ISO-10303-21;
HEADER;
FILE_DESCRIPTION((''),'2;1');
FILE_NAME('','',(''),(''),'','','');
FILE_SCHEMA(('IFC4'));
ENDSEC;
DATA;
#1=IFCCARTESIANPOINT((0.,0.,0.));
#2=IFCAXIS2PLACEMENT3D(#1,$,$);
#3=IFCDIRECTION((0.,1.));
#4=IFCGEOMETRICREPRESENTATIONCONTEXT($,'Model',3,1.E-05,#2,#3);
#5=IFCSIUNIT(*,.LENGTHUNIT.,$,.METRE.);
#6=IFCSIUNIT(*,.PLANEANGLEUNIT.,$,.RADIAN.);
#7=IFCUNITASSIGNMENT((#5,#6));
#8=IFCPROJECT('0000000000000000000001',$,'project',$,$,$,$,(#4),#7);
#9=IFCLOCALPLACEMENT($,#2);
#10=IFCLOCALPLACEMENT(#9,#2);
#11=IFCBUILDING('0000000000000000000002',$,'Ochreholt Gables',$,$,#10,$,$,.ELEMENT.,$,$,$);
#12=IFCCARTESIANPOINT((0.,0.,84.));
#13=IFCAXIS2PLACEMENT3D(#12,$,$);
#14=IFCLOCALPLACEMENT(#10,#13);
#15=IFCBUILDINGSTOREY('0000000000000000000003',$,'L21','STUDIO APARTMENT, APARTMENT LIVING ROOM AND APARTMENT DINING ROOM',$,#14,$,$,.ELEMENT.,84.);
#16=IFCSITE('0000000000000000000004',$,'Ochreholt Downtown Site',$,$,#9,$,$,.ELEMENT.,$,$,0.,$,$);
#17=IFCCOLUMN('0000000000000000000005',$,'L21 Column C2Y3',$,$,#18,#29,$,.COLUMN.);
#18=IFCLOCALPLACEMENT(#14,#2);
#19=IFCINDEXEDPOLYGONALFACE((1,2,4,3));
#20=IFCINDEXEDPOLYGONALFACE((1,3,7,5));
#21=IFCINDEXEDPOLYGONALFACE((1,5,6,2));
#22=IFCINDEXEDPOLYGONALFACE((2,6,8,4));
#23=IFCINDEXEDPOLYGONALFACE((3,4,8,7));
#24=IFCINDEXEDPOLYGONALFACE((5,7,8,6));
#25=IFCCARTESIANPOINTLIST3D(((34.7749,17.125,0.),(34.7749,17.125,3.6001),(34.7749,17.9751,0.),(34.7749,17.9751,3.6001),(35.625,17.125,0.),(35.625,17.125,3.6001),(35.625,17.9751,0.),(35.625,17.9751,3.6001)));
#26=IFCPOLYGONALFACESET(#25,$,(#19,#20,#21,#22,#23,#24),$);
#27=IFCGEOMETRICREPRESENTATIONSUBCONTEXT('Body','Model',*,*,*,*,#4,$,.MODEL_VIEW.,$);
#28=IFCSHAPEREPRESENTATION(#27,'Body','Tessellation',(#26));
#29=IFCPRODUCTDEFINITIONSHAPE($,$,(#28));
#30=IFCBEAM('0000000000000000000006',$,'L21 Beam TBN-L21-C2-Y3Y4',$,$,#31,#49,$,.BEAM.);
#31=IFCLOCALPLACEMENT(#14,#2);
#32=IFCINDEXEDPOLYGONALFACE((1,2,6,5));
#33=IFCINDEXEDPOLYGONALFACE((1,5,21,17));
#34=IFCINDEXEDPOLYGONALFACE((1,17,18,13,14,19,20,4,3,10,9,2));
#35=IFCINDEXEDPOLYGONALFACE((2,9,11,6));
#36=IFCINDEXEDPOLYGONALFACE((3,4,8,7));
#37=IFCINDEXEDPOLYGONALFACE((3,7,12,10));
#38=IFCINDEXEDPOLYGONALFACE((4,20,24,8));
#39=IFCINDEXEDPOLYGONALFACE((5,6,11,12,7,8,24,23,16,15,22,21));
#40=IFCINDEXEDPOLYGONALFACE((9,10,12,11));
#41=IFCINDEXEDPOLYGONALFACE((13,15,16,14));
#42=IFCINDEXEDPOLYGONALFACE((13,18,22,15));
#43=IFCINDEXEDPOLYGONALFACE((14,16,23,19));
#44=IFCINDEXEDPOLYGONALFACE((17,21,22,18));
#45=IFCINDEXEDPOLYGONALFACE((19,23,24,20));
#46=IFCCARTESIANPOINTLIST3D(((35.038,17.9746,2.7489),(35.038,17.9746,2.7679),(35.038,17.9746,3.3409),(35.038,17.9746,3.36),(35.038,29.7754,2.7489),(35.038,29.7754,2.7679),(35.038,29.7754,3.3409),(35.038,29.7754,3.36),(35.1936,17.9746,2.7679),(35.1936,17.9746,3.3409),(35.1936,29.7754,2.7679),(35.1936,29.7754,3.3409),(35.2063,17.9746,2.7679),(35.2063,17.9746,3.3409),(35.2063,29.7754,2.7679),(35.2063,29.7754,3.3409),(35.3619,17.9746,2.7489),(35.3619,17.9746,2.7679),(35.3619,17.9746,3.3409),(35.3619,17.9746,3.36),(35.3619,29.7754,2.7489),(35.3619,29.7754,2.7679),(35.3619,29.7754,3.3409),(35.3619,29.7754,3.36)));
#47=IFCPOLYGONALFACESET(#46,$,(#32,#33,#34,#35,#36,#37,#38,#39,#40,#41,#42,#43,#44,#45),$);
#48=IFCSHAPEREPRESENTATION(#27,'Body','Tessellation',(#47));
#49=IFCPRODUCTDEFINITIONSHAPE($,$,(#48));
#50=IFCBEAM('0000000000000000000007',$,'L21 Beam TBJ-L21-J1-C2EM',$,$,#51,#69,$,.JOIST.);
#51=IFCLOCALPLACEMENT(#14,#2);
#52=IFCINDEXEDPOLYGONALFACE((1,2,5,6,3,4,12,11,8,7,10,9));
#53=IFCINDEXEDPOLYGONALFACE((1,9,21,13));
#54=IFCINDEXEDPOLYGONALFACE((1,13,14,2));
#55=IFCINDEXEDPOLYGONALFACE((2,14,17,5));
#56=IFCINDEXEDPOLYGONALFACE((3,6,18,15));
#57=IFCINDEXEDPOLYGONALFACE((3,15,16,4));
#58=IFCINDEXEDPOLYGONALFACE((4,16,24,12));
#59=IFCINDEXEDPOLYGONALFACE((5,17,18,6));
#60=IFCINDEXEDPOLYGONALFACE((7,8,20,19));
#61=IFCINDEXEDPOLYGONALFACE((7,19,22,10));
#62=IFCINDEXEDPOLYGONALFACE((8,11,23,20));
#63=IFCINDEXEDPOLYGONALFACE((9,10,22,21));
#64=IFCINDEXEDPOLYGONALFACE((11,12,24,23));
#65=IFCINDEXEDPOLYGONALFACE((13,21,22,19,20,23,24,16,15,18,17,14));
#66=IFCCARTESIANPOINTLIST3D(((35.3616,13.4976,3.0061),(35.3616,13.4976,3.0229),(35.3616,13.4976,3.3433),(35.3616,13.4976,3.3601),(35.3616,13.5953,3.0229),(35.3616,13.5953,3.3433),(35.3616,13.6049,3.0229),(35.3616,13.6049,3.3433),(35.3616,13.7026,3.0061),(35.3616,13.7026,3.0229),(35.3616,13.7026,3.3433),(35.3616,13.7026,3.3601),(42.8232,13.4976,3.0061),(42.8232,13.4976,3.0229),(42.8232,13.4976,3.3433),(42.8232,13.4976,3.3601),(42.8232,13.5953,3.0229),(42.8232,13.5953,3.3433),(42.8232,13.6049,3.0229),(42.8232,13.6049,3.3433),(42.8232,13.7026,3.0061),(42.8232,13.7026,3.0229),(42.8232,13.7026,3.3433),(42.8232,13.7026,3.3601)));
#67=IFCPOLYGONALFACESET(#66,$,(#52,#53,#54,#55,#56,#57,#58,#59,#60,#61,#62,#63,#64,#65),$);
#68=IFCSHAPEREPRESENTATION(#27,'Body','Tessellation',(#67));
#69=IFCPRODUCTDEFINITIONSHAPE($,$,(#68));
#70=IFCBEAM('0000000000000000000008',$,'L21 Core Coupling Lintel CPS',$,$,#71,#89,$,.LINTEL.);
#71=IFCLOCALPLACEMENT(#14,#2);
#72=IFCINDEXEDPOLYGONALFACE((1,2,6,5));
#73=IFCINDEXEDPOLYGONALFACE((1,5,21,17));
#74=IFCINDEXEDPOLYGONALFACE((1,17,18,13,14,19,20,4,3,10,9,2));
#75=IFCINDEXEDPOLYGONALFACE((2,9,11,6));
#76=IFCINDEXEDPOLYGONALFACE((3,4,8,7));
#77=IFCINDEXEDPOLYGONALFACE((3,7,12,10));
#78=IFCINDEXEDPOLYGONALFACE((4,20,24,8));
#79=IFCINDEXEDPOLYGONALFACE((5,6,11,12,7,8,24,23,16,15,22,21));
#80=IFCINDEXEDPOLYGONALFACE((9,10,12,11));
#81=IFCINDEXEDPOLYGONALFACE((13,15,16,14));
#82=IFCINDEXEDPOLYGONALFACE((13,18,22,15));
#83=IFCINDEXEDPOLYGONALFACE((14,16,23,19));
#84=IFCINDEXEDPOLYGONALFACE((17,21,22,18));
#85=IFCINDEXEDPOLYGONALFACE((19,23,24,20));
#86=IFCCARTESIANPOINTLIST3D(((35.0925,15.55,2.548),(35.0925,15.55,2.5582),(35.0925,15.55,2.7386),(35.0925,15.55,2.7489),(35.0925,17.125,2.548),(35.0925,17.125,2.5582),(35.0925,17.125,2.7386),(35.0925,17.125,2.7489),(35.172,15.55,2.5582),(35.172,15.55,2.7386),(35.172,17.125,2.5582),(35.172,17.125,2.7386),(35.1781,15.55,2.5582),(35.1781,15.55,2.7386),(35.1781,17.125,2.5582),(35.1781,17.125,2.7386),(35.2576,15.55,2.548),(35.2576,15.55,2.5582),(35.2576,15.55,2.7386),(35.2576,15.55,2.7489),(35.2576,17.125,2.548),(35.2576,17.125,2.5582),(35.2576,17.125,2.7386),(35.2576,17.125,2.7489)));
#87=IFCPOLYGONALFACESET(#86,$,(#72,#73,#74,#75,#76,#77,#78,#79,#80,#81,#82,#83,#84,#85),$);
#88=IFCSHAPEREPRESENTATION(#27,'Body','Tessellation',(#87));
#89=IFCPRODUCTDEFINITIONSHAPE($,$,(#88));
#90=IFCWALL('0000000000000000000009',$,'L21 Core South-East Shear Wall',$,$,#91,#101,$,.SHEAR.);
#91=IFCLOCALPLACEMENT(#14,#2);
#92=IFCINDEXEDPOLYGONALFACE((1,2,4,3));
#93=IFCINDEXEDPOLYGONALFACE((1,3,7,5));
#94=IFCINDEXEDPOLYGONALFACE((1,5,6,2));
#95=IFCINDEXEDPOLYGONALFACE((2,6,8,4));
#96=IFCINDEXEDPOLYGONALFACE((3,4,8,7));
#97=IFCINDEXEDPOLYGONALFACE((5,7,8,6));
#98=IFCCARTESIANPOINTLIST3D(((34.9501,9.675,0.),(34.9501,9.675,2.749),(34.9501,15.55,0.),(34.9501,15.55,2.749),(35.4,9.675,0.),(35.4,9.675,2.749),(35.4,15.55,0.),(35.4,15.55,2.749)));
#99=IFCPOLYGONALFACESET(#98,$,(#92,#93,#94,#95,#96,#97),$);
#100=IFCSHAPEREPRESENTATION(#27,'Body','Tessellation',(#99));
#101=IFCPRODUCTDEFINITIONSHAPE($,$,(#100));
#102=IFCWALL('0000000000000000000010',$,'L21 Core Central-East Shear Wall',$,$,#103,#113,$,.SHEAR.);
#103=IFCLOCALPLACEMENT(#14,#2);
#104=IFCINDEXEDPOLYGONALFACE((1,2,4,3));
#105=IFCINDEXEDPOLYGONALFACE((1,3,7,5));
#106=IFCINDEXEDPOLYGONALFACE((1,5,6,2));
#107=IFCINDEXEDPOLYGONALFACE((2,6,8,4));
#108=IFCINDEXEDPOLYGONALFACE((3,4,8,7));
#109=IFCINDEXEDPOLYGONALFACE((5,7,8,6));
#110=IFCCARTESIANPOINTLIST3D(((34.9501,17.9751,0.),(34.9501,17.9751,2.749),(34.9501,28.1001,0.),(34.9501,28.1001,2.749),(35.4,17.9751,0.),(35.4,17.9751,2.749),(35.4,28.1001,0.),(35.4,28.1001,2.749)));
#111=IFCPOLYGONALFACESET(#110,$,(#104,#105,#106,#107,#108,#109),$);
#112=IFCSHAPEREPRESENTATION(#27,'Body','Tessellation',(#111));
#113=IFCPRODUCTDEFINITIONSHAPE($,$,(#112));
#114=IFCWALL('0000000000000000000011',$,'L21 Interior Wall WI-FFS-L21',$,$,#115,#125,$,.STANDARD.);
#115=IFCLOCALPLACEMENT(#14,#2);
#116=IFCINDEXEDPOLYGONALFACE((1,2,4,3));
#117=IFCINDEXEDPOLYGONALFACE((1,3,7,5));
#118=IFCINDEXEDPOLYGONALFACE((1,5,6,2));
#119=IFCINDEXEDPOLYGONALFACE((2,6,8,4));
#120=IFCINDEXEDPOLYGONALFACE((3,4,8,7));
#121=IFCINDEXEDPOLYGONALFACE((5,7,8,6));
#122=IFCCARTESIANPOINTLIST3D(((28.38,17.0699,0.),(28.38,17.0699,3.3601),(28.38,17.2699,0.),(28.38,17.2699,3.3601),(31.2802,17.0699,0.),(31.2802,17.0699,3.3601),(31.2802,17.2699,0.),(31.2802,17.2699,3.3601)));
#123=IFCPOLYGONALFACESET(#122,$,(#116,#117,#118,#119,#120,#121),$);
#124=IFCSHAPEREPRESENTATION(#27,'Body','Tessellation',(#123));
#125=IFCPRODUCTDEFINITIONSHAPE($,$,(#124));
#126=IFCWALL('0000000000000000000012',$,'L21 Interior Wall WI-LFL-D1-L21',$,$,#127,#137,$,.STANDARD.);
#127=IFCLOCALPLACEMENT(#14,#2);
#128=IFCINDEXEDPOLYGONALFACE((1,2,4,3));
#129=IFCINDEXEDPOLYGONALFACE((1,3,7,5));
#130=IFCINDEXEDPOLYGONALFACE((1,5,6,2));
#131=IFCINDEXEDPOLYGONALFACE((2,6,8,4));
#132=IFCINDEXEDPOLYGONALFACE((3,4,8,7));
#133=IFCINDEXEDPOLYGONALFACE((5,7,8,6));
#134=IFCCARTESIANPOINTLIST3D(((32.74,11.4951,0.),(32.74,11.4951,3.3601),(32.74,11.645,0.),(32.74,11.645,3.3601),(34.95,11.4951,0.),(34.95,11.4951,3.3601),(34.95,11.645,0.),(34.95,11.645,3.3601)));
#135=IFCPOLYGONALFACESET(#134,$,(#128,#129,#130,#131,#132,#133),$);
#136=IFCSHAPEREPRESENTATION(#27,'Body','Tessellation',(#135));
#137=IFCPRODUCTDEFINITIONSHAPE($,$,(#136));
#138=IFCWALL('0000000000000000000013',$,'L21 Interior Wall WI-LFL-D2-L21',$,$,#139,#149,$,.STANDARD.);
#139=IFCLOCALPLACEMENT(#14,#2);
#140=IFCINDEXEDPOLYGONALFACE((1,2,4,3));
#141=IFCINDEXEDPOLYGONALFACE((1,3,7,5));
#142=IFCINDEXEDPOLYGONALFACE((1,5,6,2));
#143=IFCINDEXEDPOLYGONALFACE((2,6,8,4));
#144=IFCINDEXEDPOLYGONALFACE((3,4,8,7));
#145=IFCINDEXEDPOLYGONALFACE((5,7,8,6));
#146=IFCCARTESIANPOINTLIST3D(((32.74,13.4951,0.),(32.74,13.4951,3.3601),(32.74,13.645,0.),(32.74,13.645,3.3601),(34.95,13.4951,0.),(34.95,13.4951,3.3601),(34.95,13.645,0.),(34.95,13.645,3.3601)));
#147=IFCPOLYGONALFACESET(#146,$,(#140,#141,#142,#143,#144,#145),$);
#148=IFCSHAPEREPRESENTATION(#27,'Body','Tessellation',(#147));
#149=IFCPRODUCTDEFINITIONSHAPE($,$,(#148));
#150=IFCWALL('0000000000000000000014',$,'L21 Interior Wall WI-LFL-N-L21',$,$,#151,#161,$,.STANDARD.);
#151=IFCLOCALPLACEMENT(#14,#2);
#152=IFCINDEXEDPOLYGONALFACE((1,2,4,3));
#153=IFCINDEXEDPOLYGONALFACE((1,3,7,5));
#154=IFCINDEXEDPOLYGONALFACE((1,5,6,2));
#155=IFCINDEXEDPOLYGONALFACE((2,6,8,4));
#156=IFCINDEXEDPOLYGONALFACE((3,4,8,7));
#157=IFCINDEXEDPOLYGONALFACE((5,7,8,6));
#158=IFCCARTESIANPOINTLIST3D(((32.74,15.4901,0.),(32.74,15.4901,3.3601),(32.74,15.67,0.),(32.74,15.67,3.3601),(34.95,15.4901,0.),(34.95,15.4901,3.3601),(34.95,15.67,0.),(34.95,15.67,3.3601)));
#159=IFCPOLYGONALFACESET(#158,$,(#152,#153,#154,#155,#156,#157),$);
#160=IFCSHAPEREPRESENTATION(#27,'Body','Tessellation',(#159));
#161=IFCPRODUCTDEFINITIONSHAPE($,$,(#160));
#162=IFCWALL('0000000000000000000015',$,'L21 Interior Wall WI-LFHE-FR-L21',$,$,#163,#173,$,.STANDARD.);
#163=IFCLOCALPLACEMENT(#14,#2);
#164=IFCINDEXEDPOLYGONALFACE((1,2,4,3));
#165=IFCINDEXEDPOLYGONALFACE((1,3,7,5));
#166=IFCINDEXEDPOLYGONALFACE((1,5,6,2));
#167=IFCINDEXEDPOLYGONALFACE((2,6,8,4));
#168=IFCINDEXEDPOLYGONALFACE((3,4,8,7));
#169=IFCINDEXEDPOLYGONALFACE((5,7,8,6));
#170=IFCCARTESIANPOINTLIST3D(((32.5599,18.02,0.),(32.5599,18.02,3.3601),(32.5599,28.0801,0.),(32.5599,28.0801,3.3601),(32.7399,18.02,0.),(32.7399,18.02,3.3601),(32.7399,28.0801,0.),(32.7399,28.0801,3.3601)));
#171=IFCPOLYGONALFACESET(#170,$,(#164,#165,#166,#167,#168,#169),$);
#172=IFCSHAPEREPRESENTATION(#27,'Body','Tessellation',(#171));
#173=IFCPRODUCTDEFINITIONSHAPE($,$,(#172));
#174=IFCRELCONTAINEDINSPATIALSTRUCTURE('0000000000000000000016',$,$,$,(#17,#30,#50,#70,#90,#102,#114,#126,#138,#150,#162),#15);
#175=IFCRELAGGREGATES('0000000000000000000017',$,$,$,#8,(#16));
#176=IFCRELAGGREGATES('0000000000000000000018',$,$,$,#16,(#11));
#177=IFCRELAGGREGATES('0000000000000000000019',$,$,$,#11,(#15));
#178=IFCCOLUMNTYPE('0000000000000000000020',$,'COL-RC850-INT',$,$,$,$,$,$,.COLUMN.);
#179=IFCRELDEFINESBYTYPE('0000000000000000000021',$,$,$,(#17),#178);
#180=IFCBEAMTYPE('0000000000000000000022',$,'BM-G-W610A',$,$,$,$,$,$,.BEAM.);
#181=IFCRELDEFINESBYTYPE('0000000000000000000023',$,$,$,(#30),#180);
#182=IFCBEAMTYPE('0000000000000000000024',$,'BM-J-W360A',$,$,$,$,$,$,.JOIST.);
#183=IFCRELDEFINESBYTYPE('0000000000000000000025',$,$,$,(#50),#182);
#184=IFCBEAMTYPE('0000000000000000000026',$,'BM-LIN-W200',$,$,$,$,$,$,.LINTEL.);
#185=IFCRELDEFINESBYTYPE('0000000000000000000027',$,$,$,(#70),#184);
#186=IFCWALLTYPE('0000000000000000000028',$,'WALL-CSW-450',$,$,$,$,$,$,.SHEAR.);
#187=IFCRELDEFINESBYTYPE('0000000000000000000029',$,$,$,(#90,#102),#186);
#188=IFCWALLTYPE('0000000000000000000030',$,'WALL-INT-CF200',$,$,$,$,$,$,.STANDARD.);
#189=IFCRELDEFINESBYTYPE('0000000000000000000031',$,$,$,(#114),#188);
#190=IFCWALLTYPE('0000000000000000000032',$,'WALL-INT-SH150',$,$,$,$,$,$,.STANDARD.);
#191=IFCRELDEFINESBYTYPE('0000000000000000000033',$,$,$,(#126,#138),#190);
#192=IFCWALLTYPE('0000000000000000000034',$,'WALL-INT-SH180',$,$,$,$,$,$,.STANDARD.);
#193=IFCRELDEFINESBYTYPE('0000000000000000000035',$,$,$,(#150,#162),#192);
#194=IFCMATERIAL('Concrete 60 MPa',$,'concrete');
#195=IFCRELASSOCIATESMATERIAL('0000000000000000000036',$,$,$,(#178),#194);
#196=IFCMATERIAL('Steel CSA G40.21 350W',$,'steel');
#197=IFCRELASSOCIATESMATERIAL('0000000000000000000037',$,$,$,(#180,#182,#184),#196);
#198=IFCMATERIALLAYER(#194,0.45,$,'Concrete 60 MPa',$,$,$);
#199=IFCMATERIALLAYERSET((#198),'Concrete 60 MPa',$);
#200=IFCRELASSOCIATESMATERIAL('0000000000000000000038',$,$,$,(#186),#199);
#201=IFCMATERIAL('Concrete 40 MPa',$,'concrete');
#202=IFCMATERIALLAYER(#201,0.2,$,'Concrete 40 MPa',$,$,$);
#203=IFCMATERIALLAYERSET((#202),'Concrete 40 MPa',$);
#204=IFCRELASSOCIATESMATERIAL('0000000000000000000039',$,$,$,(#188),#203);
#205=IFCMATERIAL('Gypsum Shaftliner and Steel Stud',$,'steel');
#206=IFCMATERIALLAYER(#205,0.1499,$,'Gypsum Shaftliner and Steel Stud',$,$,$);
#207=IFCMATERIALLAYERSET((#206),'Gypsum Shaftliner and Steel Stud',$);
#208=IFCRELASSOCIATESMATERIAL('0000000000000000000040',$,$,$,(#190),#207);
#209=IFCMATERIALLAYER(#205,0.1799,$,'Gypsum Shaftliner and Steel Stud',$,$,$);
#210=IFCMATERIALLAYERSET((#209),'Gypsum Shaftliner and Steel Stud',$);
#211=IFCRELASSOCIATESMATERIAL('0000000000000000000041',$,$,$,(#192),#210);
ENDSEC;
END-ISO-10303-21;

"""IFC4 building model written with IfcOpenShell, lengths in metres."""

from ifc_helpers import new_model, si_unit, direction, frame, frame_2d, origin, origin_2d, place, context, subcontext, project, spatial, rectangle, i_section, extrude, material, layer, layer_set, material_profile, profile_set, type_object, element, save


model = new_model("IFC4")

# Units and contexts
model_context = context("Model", 3, precision=1e-05, world=origin(), true_north=direction((0.0, 1.0)))
body_context = subcontext(model_context, "Body", "Model", "MODEL_VIEW")
ifc_project = project(units=[si_unit("LENGTHUNIT", "METRE"), si_unit("PLANEANGLEUNIT", "RADIAN")], contexts=[model_context])

# Site, building, storey
site_placement = place(None, origin())
site = spatial("IfcSite", under=ifc_project, at=site_placement, Name="Ochreholt Downtown Site", CompositionType="ELEMENT", RefElevation=0.0)
building_placement = place(site_placement, origin())
building = spatial("IfcBuilding", under=site, at=building_placement, Name="Ochreholt Gables", CompositionType="ELEMENT")
storey_placement = place(building_placement, frame((0.0, 0.0, 84.0)))
storey = spatial("IfcBuildingStorey", under=building, at=storey_placement, Name="L21", Description="STUDIO APARTMENT, APARTMENT LIVING ROOM AND APARTMENT DINING ROOM", CompositionType="ELEMENT", Elevation=84.0)

# Column
ifc_material_1 = material(Name="Concrete 60 MPa", Category="concrete")
ifc_material_profile_1 = material_profile(ifc_material_1, rectangle(XDim=0.8501, YDim=0.8501, at=origin_2d()), Name="RC850X850")
ifc_profile_set_1 = profile_set([ifc_material_profile_1], Name="Concrete 60 MPa")
column_type = type_object("IfcColumnType", Name="COL-RC850-INT", PredefinedType="COLUMN", material=ifc_profile_set_1)
column_placement = place(storey_placement, frame((35.2, 17.55, 0.0), z_axis=(0.0, 0.0, 1.0), x_axis=(1.0, 0.0, 0.0)))
element("IfcColumn", 1, at=column_placement, inside=storey, type_object=column_type, Name="L21 Column C2Y3", PredefinedType="COLUMN", context=body_context, shape_type="SweptSolid", body=[
    extrude(rectangle(XDim=0.8501, YDim=0.8501, at=origin_2d()), origin(), (0.0, 0.0, 1.0), 3.6001),
])

# Beams
ifc_material_2 = material(Name="Steel CSA G40.21 350W", Category="steel")
ifc_material_profile_2 = material_profile(ifc_material_2, i_section(OverallWidth=0.324, OverallDepth=0.6111, WebThickness=0.0127, FlangeThickness=0.019, at=origin_2d()), Name="W610X155")
ifc_profile_set_2 = profile_set([ifc_material_profile_2], Name="Steel CSA G40.21 350W")
beam_type_1 = type_object("IfcBeamType", Name="BM-G-W610A", PredefinedType="BEAM", material=ifc_profile_set_2)
beam_1_placement = place(storey_placement, frame((35.2, 17.9746, 3.0544), z_axis=(0.0, 1.0, 0.0), x_axis=(-1.0, 0.0, 0.0)))
element("IfcBeam", 2, at=beam_1_placement, inside=storey, type_object=beam_type_1, Name="L21 Beam TBN-L21-C2-Y3Y4", PredefinedType="BEAM", context=body_context, shape_type="SweptSolid", body=[
    extrude(i_section(OverallWidth=0.324, OverallDepth=0.6111, WebThickness=0.0127, FlangeThickness=0.019, at=origin_2d()), origin(), (0.0, 0.0, 1.0), 11.8008),
])
ifc_material_profile_3 = material_profile(ifc_material_2, i_section(OverallWidth=0.2051, OverallDepth=0.354, WebThickness=0.0095, FlangeThickness=0.0168, at=origin_2d()), Name="W360X79")
ifc_profile_set_3 = profile_set([ifc_material_profile_3], Name="Steel CSA G40.21 350W")
beam_type_2 = type_object("IfcBeamType", Name="BM-J-W360A", PredefinedType="JOIST", material=ifc_profile_set_3)
beam_2_placement = place(storey_placement, frame((35.3616, 13.6001, 3.1831), z_axis=(1.0, 0.0, 0.0), x_axis=(0.0, 1.0, 0.0)))
element("IfcBeam", 3, at=beam_2_placement, inside=storey, type_object=beam_type_2, Name="L21 Beam TBJ-L21-J1-C2EM", PredefinedType="JOIST", context=body_context, shape_type="SweptSolid", body=[
    extrude(i_section(OverallWidth=0.2051, OverallDepth=0.354, WebThickness=0.0095, FlangeThickness=0.0168, at=origin_2d()), origin(), (0.0, 0.0, 1.0), 7.4617),
])
ifc_material_profile_4 = material_profile(ifc_material_2, i_section(OverallWidth=0.165, OverallDepth=0.2009, WebThickness=0.0061, FlangeThickness=0.0103, at=origin_2d()), Name="W200X36")
ifc_profile_set_4 = profile_set([ifc_material_profile_4], Name="Steel CSA G40.21 350W")
beam_type_3 = type_object("IfcBeamType", Name="BM-LIN-W200", PredefinedType="LINTEL", material=ifc_profile_set_4)
beam_3_placement = place(storey_placement, frame((35.175, 15.55, 2.6484), z_axis=(0.0, 1.0, 0.0), x_axis=(-1.0, 0.0, 0.0)))
element("IfcBeam", 4, at=beam_3_placement, inside=storey, type_object=beam_type_3, Name="L21 Core Coupling Lintel CPS", PredefinedType="LINTEL", context=body_context, shape_type="SweptSolid", body=[
    extrude(i_section(OverallWidth=0.165, OverallDepth=0.2009, WebThickness=0.0061, FlangeThickness=0.0103, at=origin_2d()), origin(), (0.0, 0.0, 1.0), 1.575),
])

# Walls
ifc_layer_1 = layer(ifc_material_1, 0.45, Name="Concrete 60 MPa")
ifc_layer_set_1 = layer_set([ifc_layer_1], Name="Concrete 60 MPa")
wall_type_1 = type_object("IfcWallType", Name="WALL-CSW-450", PredefinedType="SHEAR", material=ifc_layer_set_1)
wall_1_placement = place(storey_placement, frame((35.175, 9.675, 0.0), z_axis=(0.0, 0.0, 1.0), x_axis=(0.0, 1.0, 0.0)))
element("IfcWall", 5, at=wall_1_placement, inside=storey, type_object=wall_type_1, Name="L21 Core South-East Shear Wall", PredefinedType="SHEAR", context=body_context, shape_type="SweptSolid", body=[
    extrude(rectangle(XDim=5.875, YDim=0.45, at=frame_2d((2.9375, 0.0))), origin(), (0.0, 0.0, 1.0), 2.749),
])
wall_2_placement = place(storey_placement, frame((35.175, 17.9751, 0.0), z_axis=(0.0, 0.0, 1.0), x_axis=(0.0, 1.0, 0.0)))
element("IfcWall", 6, at=wall_2_placement, inside=storey, type_object=wall_type_1, Name="L21 Core Central-East Shear Wall", PredefinedType="SHEAR", context=body_context, shape_type="SweptSolid", body=[
    extrude(rectangle(XDim=10.125, YDim=0.45, at=frame_2d((5.0625, 0.0))), origin(), (0.0, 0.0, 1.0), 2.749),
])
ifc_material_3 = material(Name="Concrete 40 MPa", Category="concrete")
ifc_layer_2 = layer(ifc_material_3, 0.2, Name="Concrete 40 MPa")
ifc_layer_set_2 = layer_set([ifc_layer_2], Name="Concrete 40 MPa")
wall_type_2 = type_object("IfcWallType", Name="WALL-INT-CF200", PredefinedType="STANDARD", material=ifc_layer_set_2)
wall_3_placement = place(storey_placement, frame((28.3799, 17.1699, 0.0), z_axis=(0.0, 0.0, 1.0), x_axis=(1.0, 0.0, 0.0)))
element("IfcWall", 7, at=wall_3_placement, inside=storey, type_object=wall_type_2, Name="L21 Interior Wall WI-FFS-L21", PredefinedType="STANDARD", context=body_context, shape_type="SweptSolid", body=[
    extrude(rectangle(XDim=2.9001, YDim=0.2, at=frame_2d((1.4502, 0.0))), origin(), (0.0, 0.0, 1.0), 3.3601),
])

# Walls
ifc_material_4 = material(Name="Gypsum Shaftliner and Steel Stud", Category="steel")
ifc_layer_3 = layer(ifc_material_4, 0.1499, Name="Gypsum Shaftliner and Steel Stud")
ifc_layer_set_3 = layer_set([ifc_layer_3], Name="Gypsum Shaftliner and Steel Stud")
wall_type_3 = type_object("IfcWallType", Name="WALL-INT-SH150", PredefinedType="STANDARD", material=ifc_layer_set_3)
for number, where, z_axis, x_axis, name in (
    (8, (32.74, 11.5701, 0.0), (0.0, 0.0, 1.0), (1.0, 0.0, 0.0), "L21 Interior Wall WI-LFL-D1-L21"),
    (9, (32.74, 13.5701, 0.0), (0.0, 0.0, 1.0), (1.0, 0.0, 0.0), "L21 Interior Wall WI-LFL-D2-L21"),
):
    element("IfcWall", number, at=place(storey_placement, frame(where, z_axis=z_axis, x_axis=x_axis)), inside=storey, type_object=wall_type_3, Name=name, PredefinedType="STANDARD", context=body_context, shape_type="SweptSolid", body=[
        extrude(rectangle(XDim=2.21, YDim=0.1499, at=frame_2d((1.105, 0.0))), origin(), (0.0, 0.0, 1.0), 3.3601),
    ])
ifc_layer_4 = layer(ifc_material_4, 0.1799, Name="Gypsum Shaftliner and Steel Stud")
ifc_layer_set_4 = layer_set([ifc_layer_4], Name="Gypsum Shaftliner and Steel Stud")
wall_type_4 = type_object("IfcWallType", Name="WALL-INT-SH180", PredefinedType="STANDARD", material=ifc_layer_set_4)
wall_4_placement = place(storey_placement, frame((32.74, 15.5801, 0.0), z_axis=(0.0, 0.0, 1.0), x_axis=(1.0, 0.0, 0.0)))
element("IfcWall", 10, at=wall_4_placement, inside=storey, type_object=wall_type_4, Name="L21 Interior Wall WI-LFL-N-L21", PredefinedType="STANDARD", context=body_context, shape_type="SweptSolid", body=[
    extrude(rectangle(XDim=2.21, YDim=0.1799, at=frame_2d((1.105, 0.0))), origin(), (0.0, 0.0, 1.0), 3.3601),
])
wall_5_placement = place(storey_placement, frame((32.6499, 18.02, 0.0), z_axis=(0.0, 0.0, 1.0), x_axis=(0.0, 1.0, 0.0)))
element("IfcWall", 11, at=wall_5_placement, inside=storey, type_object=wall_type_4, Name="L21 Interior Wall WI-LFHE-FR-L21", PredefinedType="STANDARD", context=body_context, shape_type="SweptSolid", body=[
    extrude(rectangle(XDim=10.0601, YDim=0.1799, at=frame_2d((5.03, 0.0))), origin(), (0.0, 0.0, 1.0), 3.3601),
])

save(model, "model.ifc")
